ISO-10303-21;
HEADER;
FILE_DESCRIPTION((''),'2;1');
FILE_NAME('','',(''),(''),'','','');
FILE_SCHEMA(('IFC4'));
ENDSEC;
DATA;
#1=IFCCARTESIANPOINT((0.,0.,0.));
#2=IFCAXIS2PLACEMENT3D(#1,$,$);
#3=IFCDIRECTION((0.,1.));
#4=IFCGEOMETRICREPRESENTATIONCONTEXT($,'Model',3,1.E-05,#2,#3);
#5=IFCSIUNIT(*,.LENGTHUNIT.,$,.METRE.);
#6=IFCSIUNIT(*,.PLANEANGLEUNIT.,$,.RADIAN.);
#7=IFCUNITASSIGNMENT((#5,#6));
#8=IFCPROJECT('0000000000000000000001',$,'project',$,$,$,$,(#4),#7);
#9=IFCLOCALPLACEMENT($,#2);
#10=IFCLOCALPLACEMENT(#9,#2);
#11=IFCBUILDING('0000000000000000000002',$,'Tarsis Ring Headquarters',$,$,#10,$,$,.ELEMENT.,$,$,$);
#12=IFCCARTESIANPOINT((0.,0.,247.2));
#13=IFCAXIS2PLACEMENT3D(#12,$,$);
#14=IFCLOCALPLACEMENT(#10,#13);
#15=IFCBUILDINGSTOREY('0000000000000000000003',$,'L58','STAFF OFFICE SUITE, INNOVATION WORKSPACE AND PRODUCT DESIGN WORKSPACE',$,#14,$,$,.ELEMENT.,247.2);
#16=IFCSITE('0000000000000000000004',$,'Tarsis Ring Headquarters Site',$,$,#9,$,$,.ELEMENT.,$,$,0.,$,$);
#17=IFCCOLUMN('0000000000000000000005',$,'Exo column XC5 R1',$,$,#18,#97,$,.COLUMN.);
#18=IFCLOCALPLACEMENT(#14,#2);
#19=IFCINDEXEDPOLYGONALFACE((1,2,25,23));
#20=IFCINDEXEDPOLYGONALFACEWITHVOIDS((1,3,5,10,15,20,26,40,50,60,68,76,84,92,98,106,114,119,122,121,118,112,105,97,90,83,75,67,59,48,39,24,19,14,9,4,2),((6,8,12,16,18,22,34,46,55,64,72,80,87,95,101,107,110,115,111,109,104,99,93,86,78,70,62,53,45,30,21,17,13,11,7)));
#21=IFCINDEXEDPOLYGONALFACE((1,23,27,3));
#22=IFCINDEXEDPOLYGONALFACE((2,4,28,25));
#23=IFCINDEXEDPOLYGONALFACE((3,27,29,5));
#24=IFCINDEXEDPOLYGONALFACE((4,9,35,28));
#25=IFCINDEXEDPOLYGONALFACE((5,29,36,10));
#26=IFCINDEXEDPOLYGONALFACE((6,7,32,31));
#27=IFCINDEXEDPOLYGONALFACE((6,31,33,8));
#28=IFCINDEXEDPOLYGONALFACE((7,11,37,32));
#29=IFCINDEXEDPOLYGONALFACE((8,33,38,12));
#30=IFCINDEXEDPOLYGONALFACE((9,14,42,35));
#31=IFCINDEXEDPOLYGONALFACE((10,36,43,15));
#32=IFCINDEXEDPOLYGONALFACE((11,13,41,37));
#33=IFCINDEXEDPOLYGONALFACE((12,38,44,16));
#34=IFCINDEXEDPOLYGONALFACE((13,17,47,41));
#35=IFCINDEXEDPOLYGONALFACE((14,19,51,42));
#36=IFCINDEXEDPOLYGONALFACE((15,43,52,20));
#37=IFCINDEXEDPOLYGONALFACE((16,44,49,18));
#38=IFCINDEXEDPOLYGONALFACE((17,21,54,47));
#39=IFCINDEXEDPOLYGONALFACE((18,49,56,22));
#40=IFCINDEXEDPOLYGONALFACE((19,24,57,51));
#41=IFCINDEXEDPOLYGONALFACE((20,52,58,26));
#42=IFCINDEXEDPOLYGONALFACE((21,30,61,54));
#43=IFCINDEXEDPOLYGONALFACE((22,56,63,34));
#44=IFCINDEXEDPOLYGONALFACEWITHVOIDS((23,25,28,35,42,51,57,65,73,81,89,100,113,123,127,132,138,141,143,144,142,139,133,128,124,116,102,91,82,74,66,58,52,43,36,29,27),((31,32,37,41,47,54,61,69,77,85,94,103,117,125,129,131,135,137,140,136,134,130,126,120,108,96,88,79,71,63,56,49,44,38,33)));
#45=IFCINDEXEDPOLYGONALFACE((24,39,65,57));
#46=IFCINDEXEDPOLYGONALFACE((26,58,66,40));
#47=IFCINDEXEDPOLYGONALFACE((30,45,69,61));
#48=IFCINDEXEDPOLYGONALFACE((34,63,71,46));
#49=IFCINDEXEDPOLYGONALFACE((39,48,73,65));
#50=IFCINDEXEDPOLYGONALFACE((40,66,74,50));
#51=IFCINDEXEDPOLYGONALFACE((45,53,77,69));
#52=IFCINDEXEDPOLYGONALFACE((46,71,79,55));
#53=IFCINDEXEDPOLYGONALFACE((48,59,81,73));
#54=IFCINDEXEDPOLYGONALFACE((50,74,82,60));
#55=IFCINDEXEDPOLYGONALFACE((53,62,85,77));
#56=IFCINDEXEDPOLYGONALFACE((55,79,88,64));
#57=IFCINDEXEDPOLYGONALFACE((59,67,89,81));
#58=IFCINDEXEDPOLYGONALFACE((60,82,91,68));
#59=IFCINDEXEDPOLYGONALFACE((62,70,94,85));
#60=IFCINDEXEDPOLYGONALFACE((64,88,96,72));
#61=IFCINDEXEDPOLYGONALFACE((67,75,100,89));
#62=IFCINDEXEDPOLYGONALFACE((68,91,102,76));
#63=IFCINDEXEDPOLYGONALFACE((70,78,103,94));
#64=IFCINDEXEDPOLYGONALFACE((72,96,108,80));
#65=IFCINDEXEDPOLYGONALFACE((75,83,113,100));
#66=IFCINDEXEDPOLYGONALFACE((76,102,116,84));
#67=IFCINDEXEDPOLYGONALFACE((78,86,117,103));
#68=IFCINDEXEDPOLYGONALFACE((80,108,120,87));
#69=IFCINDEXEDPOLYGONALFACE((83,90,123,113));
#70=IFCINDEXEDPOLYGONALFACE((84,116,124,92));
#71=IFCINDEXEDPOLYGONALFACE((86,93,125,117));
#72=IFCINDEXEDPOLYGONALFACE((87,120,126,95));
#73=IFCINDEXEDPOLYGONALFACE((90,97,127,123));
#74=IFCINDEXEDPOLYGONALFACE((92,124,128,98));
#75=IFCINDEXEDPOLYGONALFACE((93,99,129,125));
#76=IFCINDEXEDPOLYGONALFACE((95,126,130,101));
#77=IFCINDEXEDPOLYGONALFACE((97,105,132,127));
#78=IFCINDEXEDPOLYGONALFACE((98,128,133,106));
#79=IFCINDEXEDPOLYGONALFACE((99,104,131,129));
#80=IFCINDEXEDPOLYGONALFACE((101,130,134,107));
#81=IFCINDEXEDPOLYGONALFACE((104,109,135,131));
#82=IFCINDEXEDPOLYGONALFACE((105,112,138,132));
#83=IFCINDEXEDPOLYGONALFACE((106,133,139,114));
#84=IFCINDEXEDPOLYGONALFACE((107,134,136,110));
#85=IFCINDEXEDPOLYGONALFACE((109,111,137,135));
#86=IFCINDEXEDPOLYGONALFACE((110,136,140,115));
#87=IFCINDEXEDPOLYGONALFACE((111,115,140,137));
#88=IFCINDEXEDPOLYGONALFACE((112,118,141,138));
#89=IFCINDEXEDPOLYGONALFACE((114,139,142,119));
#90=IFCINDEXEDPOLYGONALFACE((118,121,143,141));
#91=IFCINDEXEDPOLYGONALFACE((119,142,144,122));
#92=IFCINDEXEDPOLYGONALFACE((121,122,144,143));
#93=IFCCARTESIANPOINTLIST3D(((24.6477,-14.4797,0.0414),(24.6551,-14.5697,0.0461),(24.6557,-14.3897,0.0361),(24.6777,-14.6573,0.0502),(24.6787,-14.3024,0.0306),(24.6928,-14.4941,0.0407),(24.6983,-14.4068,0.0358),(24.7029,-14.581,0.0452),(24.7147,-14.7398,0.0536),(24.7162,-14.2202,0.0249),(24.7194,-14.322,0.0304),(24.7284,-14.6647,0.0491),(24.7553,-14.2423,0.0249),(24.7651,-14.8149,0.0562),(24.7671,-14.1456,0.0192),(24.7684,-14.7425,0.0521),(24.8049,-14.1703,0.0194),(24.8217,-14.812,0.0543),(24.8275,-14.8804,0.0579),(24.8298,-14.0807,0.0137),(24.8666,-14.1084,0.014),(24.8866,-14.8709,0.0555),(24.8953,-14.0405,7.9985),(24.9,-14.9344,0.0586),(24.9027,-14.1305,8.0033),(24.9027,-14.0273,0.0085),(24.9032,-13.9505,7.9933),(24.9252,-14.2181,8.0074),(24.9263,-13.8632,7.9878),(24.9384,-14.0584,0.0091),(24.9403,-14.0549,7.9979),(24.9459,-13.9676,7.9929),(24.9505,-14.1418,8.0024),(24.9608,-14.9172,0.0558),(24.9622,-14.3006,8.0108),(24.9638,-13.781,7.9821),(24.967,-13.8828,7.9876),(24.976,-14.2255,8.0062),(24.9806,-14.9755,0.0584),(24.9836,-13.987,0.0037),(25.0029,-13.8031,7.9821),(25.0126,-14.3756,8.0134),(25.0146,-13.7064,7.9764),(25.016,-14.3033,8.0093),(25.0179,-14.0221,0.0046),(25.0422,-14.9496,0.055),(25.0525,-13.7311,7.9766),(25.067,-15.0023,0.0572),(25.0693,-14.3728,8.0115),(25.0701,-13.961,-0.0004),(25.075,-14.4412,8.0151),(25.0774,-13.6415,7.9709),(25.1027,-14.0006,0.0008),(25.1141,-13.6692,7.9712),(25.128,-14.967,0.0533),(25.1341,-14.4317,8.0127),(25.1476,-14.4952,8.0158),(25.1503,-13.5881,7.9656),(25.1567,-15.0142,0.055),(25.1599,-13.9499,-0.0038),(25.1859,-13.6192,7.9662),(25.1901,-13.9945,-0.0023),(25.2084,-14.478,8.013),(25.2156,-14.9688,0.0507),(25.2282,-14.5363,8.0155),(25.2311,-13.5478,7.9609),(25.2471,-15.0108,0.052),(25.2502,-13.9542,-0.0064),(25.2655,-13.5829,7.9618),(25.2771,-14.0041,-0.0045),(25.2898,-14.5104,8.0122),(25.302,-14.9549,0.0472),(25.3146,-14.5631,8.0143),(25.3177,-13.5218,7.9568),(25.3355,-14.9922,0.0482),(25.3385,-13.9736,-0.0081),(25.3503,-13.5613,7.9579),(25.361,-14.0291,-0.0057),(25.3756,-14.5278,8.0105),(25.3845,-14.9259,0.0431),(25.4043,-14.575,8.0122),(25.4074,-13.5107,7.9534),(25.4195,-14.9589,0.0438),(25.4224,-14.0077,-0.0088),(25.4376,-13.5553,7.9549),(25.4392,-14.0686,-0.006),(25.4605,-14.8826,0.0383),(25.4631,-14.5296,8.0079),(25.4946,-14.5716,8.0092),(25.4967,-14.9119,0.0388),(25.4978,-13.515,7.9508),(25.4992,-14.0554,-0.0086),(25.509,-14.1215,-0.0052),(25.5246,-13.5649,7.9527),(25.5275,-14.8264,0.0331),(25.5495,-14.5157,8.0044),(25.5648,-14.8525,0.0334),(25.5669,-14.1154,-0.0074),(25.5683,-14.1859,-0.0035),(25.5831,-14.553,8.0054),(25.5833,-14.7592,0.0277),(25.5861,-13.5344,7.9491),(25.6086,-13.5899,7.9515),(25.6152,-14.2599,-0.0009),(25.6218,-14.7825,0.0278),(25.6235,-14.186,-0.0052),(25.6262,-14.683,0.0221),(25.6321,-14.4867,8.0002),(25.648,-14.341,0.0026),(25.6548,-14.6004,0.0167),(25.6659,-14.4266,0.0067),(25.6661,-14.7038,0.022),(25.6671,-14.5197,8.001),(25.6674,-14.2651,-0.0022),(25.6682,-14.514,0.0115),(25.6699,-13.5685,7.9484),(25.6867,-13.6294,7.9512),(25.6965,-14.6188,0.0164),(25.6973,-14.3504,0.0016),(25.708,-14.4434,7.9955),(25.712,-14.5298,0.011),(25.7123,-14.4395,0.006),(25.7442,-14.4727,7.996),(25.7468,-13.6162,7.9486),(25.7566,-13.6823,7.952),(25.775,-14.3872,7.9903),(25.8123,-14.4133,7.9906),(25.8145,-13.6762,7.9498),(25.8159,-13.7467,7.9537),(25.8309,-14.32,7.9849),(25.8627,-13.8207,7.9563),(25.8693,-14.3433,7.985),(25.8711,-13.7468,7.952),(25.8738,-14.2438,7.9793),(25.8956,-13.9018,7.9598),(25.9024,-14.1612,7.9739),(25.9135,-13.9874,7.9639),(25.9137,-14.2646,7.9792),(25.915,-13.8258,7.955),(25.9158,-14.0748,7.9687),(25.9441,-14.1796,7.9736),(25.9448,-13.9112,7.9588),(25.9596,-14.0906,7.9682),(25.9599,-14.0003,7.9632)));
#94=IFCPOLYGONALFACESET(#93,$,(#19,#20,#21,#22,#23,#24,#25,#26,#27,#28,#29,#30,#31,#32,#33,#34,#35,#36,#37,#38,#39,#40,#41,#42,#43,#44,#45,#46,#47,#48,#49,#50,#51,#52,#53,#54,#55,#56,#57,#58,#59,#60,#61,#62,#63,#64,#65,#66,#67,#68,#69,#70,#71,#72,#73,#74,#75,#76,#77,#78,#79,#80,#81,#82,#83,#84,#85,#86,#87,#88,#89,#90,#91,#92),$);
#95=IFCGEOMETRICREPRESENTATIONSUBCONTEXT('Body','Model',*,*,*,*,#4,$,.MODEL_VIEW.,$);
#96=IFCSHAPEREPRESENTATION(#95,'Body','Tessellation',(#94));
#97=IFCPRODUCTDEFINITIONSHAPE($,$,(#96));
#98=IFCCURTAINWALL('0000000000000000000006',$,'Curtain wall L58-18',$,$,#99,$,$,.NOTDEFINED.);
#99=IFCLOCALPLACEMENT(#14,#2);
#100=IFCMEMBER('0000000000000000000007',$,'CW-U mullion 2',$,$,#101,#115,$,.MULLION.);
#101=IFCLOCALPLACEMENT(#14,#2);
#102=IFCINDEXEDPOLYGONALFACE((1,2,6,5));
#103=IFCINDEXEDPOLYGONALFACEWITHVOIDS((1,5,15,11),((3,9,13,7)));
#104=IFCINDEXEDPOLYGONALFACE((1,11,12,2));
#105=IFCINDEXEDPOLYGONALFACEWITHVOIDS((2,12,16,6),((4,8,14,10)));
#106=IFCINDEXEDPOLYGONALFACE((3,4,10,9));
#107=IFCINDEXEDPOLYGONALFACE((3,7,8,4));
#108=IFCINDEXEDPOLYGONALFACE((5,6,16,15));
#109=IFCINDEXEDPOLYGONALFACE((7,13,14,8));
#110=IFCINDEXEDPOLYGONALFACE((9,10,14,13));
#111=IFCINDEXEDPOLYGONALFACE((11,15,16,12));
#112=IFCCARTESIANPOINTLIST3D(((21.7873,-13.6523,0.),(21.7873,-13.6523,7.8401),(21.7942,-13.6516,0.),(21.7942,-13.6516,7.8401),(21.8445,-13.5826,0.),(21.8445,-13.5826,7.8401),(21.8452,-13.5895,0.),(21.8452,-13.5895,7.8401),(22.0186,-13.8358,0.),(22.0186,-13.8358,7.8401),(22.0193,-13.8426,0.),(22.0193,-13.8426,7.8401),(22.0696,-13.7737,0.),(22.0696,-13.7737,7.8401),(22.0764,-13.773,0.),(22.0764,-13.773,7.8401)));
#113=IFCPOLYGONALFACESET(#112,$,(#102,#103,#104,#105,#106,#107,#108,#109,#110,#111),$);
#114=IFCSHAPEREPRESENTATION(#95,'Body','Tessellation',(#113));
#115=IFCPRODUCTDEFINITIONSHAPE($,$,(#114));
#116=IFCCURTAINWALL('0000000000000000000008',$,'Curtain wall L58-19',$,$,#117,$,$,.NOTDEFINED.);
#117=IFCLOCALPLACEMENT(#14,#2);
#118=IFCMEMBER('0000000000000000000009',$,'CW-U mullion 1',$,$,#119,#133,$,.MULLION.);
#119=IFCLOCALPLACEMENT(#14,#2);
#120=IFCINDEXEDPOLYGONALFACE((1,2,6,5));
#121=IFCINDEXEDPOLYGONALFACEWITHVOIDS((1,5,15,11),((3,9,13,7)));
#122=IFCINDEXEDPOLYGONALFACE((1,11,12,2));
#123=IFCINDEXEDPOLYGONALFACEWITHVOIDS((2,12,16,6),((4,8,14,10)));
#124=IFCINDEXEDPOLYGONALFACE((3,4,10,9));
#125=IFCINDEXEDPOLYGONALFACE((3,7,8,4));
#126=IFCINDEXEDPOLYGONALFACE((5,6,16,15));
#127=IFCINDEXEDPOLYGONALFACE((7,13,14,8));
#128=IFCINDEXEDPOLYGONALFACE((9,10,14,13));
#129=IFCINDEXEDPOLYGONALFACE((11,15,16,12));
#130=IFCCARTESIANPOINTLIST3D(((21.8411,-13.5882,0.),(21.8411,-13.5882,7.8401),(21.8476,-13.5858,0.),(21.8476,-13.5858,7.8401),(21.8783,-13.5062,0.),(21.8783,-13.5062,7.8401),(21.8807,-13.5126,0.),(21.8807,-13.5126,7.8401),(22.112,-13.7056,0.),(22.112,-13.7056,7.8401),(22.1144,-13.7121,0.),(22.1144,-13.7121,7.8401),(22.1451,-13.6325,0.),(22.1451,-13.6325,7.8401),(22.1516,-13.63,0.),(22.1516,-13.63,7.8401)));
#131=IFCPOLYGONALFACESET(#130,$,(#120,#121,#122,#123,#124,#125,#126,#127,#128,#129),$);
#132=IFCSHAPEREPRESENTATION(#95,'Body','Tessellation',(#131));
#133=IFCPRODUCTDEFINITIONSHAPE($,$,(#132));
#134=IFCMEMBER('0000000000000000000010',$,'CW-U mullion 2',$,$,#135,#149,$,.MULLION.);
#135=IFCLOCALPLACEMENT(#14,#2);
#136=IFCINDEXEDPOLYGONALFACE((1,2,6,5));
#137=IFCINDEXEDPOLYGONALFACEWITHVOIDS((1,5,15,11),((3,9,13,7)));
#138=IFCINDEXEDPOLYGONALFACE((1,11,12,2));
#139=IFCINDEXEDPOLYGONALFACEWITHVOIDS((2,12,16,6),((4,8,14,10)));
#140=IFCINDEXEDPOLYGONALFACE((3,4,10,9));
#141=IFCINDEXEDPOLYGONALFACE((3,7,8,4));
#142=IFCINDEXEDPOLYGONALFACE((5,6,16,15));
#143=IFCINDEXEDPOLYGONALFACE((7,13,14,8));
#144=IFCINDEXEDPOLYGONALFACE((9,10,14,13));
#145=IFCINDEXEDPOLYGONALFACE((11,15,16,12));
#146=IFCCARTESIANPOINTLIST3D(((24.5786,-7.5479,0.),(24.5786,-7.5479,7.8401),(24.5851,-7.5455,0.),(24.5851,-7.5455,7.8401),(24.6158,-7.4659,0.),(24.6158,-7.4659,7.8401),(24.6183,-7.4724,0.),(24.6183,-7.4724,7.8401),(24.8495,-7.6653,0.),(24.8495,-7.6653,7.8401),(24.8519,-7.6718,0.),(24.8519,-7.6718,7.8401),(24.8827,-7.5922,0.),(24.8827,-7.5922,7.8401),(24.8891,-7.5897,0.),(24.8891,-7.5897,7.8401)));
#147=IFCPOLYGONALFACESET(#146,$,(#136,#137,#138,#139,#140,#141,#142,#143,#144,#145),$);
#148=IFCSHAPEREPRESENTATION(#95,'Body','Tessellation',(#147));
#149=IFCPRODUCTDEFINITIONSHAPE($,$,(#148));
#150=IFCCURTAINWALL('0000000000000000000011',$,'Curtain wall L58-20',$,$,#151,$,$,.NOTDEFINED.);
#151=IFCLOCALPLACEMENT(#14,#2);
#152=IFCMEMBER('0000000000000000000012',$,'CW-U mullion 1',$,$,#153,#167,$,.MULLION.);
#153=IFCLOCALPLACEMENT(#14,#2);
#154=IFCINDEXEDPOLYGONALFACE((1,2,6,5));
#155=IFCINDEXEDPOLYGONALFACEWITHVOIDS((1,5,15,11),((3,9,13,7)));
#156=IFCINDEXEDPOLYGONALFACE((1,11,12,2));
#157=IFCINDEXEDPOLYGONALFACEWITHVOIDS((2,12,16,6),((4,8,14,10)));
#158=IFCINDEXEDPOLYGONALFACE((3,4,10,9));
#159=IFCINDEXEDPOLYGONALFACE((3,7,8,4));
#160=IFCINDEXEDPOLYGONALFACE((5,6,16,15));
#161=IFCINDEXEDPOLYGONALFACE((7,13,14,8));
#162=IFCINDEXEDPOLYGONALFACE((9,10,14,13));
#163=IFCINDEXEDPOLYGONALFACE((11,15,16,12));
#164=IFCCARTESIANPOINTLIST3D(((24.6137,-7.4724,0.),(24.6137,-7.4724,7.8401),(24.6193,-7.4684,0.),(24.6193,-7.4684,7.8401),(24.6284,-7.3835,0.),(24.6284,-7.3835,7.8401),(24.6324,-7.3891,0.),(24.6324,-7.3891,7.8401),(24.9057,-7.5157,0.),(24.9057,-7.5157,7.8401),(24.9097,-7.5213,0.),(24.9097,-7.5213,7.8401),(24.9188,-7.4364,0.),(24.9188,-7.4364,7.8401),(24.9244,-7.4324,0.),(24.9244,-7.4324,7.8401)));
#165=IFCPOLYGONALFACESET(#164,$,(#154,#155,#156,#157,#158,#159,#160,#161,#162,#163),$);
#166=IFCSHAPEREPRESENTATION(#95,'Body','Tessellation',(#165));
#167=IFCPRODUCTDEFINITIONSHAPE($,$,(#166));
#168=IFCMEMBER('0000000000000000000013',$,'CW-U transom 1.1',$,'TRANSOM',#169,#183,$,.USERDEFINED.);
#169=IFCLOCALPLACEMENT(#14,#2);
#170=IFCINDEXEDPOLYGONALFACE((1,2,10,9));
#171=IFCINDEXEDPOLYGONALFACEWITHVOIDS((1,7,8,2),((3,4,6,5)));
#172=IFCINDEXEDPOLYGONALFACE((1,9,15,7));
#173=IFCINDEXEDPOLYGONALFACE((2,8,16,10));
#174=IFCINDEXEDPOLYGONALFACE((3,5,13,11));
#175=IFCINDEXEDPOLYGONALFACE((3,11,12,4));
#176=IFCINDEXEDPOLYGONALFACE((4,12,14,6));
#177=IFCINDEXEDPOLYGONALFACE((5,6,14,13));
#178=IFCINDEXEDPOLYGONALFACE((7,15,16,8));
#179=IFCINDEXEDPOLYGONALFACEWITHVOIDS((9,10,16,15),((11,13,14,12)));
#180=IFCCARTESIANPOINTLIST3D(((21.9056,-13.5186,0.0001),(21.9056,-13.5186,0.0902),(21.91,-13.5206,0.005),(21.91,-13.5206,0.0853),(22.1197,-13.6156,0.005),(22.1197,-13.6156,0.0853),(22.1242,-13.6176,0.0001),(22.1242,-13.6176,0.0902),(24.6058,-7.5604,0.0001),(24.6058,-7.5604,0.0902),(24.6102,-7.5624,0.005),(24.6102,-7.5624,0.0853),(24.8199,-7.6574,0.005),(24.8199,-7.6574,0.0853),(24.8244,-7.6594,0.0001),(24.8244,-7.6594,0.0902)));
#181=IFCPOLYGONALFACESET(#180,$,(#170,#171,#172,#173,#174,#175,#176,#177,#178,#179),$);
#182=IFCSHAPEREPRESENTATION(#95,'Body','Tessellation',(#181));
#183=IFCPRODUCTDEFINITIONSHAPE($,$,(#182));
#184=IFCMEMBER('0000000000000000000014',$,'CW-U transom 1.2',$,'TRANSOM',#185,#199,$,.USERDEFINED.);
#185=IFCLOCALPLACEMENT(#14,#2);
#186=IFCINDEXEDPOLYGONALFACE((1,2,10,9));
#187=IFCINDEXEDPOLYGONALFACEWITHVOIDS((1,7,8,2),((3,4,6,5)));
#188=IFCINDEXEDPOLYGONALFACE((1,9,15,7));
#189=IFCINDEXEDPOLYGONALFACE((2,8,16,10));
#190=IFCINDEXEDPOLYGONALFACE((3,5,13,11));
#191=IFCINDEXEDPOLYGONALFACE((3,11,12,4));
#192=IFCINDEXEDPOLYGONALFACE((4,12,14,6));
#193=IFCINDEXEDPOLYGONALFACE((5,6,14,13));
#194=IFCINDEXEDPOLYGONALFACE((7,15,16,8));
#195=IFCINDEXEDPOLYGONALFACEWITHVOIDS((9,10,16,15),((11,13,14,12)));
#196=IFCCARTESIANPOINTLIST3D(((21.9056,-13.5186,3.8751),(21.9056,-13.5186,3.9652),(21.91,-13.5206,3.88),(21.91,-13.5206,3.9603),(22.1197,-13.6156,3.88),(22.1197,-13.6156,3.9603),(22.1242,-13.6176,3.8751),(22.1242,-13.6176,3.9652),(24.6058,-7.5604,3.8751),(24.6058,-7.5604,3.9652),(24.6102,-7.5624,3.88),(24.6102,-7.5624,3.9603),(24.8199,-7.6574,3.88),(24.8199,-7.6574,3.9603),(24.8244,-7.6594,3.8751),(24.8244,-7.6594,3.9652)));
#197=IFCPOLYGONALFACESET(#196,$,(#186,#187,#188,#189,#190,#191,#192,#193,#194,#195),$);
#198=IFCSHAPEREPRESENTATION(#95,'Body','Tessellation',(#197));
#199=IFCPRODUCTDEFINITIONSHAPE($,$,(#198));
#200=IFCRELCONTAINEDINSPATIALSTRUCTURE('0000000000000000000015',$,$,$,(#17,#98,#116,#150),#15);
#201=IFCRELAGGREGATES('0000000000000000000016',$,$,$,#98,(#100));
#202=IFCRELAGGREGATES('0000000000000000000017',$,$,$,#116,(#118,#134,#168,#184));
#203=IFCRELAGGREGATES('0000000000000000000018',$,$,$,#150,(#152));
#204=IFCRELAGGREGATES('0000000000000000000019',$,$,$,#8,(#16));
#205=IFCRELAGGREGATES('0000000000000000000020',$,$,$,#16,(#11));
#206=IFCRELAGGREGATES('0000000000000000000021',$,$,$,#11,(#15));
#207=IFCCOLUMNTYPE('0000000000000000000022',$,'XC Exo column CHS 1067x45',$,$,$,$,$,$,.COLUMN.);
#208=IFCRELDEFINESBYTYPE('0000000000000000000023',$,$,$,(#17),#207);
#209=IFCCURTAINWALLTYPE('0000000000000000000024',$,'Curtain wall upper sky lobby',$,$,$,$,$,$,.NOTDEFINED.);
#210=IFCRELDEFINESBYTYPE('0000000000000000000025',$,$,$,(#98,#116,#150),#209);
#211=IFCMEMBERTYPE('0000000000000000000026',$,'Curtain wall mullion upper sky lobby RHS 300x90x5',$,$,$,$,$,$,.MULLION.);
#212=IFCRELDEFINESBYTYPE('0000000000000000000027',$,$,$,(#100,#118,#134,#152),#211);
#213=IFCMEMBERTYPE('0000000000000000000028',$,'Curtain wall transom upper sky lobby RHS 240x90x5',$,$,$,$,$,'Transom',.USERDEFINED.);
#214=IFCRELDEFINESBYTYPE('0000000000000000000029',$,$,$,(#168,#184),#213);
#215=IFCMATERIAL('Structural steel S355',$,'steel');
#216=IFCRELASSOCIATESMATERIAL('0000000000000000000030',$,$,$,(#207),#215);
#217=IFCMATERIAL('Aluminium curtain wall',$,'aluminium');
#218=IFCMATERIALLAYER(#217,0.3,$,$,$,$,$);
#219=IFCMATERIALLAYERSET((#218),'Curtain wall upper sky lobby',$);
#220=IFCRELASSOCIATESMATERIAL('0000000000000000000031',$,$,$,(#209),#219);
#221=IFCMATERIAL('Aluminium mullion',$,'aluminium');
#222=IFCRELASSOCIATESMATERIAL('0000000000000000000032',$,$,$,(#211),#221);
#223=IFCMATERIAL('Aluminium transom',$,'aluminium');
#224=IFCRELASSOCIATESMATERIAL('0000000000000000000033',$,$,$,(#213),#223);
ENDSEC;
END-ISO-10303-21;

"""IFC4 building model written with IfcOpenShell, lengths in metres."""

from ifc_helpers import new_model, si_unit, direction, frame, origin, origin_2d, place, context, subcontext, project, spatial, hollow_rectangle, hollow_circle, extrude, material, layer, layer_set, material_profile, profile_set, type_object, element, aggregate, save


model = new_model("IFC4")

# Units and contexts
model_context = context("Model", 3, precision=1e-05, world=origin(), true_north=direction((0.0, 1.0)))
body_context = subcontext(model_context, "Body", "Model", "MODEL_VIEW")
ifc_project = project(units=[si_unit("LENGTHUNIT", "METRE"), si_unit("PLANEANGLEUNIT", "RADIAN")], contexts=[model_context])

# Site, building, storey
site_placement = place(None, origin())
site = spatial("IfcSite", under=ifc_project, at=site_placement, Name="Tarsis Ring Headquarters Site", CompositionType="ELEMENT", RefElevation=0.0)
building_placement = place(site_placement, origin())
building = spatial("IfcBuilding", under=site, at=building_placement, Name="Tarsis Ring Headquarters", CompositionType="ELEMENT")
storey_placement = place(building_placement, frame((0.0, 0.0, 247.2)))
storey = spatial("IfcBuildingStorey", under=building, at=storey_placement, Name="L58", Description="STAFF OFFICE SUITE, INNOVATION WORKSPACE AND PRODUCT DESIGN WORKSPACE", CompositionType="ELEMENT", Elevation=247.2)

# Column
ifc_material_1 = material(Name="Structural steel S355", Category="steel")
ifc_material_profile_1 = material_profile(ifc_material_1, hollow_circle(Radius=0.5334, WallThickness=0.0449, at=origin_2d()), Name="CHS 1067x45")
ifc_profile_set_1 = profile_set([ifc_material_profile_1], Name="Structural steel S355")
column_type = type_object("IfcColumnType", Name="XC Exo column CHS 1067x45", PredefinedType="COLUMN", material=ifc_profile_set_1)
column_placement = place(storey_placement, frame((25.1809, -14.4822, 0.0249), z_axis=(0.031049, 0.055085, 0.997999), x_axis=(-0.871148, 0.49102, 0.0)))
element("IfcColumn", 1, at=column_placement, inside=storey, type_object=column_type, Name="Exo column XC5 R1", PredefinedType="COLUMN", context=body_context, shape_type="SweptSolid", body=[
    extrude(hollow_circle(Radius=0.5334, WallThickness=0.0449, at=origin_2d()), origin(), (0.0, 0.0, 1.0), 7.9731),
])

# Curtain wall, member
ifc_material_2 = material(Name="Aluminium curtain wall", Category="aluminium")
ifc_layer_1 = layer(ifc_material_2, 0.3)
ifc_layer_set_1 = layer_set([ifc_layer_1], Name="Curtain wall upper sky lobby")
curtain_wall_type = type_object("IfcCurtainWallType", Name="Curtain wall upper sky lobby", PredefinedType="NOTDEFINED", material=ifc_layer_set_1)
curtain_wall_1_placement = place(storey_placement, origin())
curtain_wall_1 = element("IfcCurtainWall", 2, at=curtain_wall_1_placement, inside=storey, type_object=curtain_wall_type, Name="Curtain wall L58-18", PredefinedType="NOTDEFINED")
ifc_material_3 = material(Name="Aluminium mullion", Category="aluminium")
ifc_material_profile_2 = material_profile(ifc_material_3, hollow_rectangle(XDim=0.3, YDim=0.0901, WallThickness=0.0049, at=origin_2d()), Name="RHS 300x90x5")
ifc_profile_set_2 = profile_set([ifc_material_profile_2], Name="Aluminium mullion")
member_type_1 = type_object("IfcMemberType", Name="Curtain wall mullion upper sky lobby RHS 300x90x5", PredefinedType="MULLION", material=ifc_profile_set_2)
member_1_placement = place(storey_placement, frame((21.9319, -13.7126, 0.0), z_axis=(0.0, 0.0, 1.0), x_axis=(-0.772955, 0.634461, 0.0)))
member_1 = element("IfcMember", 3, at=member_1_placement, type_object=member_type_1, Name="CW-U mullion 2", PredefinedType="MULLION", context=body_context, shape_type="SweptSolid", body=[
    extrude(hollow_rectangle(XDim=0.3, YDim=0.0901, WallThickness=0.0049, at=origin_2d()), origin(), (0.0, 0.0, 1.0), 7.8401),
])

# Curtain wall, members
curtain_wall_2_placement = place(storey_placement, origin())
curtain_wall_2 = element("IfcCurtainWall", 4, at=curtain_wall_2_placement, inside=storey, type_object=curtain_wall_type, Name="Curtain wall L58-19", PredefinedType="NOTDEFINED")
member_2_placement = place(storey_placement, frame((21.9963, -13.6091, 0.0), z_axis=(0.0, 0.0, 1.0), x_axis=(-0.910828, 0.412786, 0.0)))
member_2 = element("IfcMember", 5, at=member_2_placement, type_object=member_type_1, Name="CW-U mullion 1", PredefinedType="MULLION", context=body_context, shape_type="SweptSolid", body=[
    extrude(hollow_rectangle(XDim=0.3, YDim=0.0901, WallThickness=0.0049, at=origin_2d()), origin(), (0.0, 0.0, 1.0), 7.8401),
])
member_3_placement = place(storey_placement, frame((24.7339, -7.5688, 0.0), z_axis=(0.0, 0.0, 1.0), x_axis=(-0.910828, 0.412786, 0.0)))
member_3 = element("IfcMember", 6, at=member_3_placement, type_object=member_type_1, Name="CW-U mullion 2", PredefinedType="MULLION", context=body_context, shape_type="SweptSolid", body=[
    extrude(hollow_rectangle(XDim=0.3, YDim=0.0901, WallThickness=0.0049, at=origin_2d()), origin(), (0.0, 0.0, 1.0), 7.8401),
])

# Curtain wall, member
curtain_wall_3_placement = place(storey_placement, origin())
curtain_wall_3 = element("IfcCurtainWall", 7, at=curtain_wall_3_placement, inside=storey, type_object=curtain_wall_type, Name="Curtain wall L58-20", PredefinedType="NOTDEFINED")
member_4_placement = place(storey_placement, frame((24.769, -7.4524, 0.0), z_axis=(0.0, 0.0, 1.0), x_axis=(-0.986629, 0.162981, 0.0)))
member_4 = element("IfcMember", 8, at=member_4_placement, type_object=member_type_1, Name="CW-U mullion 1", PredefinedType="MULLION", context=body_context, shape_type="SweptSolid", body=[
    extrude(hollow_rectangle(XDim=0.3, YDim=0.0901, WallThickness=0.0049, at=origin_2d()), origin(), (0.0, 0.0, 1.0), 7.8401),
])

# Members
ifc_material_4 = material(Name="Aluminium transom", Category="aluminium")
ifc_material_profile_3 = material_profile(ifc_material_4, hollow_rectangle(XDim=0.24, YDim=0.0901, WallThickness=0.0049, at=origin_2d()), Name="RHS 240x90x5")
ifc_profile_set_3 = profile_set([ifc_material_profile_3], Name="Aluminium transom")
member_type_2 = type_object("IfcMemberType", Name="Curtain wall transom upper sky lobby RHS 240x90x5", ElementType="Transom", PredefinedType="USERDEFINED", material=ifc_profile_set_3)
member_5_placement = place(storey_placement, frame((22.0149, -13.5681, 0.0452), z_axis=(0.412776, 0.910832, 0.0), x_axis=(-0.910832, 0.412776, 0.0)))
member_5 = element("IfcMember", 9, at=member_5_placement, type_object=member_type_2, Name="CW-U transom 1.1", ObjectType="TRANSOM", PredefinedType="USERDEFINED", context=body_context, shape_type="SweptSolid", body=[
    extrude(hollow_rectangle(XDim=0.24, YDim=0.0901, WallThickness=0.0049, at=origin_2d()), origin(), (0.0, 0.0, 1.0), 6.5415),
])
member_6_placement = place(storey_placement, frame((22.0149, -13.5681, 3.9202), z_axis=(0.412776, 0.910832, 0.0), x_axis=(-0.910832, 0.412776, 0.0)))
member_6 = element("IfcMember", 10, at=member_6_placement, type_object=member_type_2, Name="CW-U transom 1.2", ObjectType="TRANSOM", PredefinedType="USERDEFINED", context=body_context, shape_type="SweptSolid", body=[
    extrude(hollow_rectangle(XDim=0.24, YDim=0.0901, WallThickness=0.0049, at=origin_2d()), origin(), (0.0, 0.0, 1.0), 6.5415),
])

aggregate(curtain_wall_1, [member_1])
aggregate(curtain_wall_2, [member_2, member_3, member_5, member_6])
aggregate(curtain_wall_3, [member_4])

save(model, "model.ifc")
